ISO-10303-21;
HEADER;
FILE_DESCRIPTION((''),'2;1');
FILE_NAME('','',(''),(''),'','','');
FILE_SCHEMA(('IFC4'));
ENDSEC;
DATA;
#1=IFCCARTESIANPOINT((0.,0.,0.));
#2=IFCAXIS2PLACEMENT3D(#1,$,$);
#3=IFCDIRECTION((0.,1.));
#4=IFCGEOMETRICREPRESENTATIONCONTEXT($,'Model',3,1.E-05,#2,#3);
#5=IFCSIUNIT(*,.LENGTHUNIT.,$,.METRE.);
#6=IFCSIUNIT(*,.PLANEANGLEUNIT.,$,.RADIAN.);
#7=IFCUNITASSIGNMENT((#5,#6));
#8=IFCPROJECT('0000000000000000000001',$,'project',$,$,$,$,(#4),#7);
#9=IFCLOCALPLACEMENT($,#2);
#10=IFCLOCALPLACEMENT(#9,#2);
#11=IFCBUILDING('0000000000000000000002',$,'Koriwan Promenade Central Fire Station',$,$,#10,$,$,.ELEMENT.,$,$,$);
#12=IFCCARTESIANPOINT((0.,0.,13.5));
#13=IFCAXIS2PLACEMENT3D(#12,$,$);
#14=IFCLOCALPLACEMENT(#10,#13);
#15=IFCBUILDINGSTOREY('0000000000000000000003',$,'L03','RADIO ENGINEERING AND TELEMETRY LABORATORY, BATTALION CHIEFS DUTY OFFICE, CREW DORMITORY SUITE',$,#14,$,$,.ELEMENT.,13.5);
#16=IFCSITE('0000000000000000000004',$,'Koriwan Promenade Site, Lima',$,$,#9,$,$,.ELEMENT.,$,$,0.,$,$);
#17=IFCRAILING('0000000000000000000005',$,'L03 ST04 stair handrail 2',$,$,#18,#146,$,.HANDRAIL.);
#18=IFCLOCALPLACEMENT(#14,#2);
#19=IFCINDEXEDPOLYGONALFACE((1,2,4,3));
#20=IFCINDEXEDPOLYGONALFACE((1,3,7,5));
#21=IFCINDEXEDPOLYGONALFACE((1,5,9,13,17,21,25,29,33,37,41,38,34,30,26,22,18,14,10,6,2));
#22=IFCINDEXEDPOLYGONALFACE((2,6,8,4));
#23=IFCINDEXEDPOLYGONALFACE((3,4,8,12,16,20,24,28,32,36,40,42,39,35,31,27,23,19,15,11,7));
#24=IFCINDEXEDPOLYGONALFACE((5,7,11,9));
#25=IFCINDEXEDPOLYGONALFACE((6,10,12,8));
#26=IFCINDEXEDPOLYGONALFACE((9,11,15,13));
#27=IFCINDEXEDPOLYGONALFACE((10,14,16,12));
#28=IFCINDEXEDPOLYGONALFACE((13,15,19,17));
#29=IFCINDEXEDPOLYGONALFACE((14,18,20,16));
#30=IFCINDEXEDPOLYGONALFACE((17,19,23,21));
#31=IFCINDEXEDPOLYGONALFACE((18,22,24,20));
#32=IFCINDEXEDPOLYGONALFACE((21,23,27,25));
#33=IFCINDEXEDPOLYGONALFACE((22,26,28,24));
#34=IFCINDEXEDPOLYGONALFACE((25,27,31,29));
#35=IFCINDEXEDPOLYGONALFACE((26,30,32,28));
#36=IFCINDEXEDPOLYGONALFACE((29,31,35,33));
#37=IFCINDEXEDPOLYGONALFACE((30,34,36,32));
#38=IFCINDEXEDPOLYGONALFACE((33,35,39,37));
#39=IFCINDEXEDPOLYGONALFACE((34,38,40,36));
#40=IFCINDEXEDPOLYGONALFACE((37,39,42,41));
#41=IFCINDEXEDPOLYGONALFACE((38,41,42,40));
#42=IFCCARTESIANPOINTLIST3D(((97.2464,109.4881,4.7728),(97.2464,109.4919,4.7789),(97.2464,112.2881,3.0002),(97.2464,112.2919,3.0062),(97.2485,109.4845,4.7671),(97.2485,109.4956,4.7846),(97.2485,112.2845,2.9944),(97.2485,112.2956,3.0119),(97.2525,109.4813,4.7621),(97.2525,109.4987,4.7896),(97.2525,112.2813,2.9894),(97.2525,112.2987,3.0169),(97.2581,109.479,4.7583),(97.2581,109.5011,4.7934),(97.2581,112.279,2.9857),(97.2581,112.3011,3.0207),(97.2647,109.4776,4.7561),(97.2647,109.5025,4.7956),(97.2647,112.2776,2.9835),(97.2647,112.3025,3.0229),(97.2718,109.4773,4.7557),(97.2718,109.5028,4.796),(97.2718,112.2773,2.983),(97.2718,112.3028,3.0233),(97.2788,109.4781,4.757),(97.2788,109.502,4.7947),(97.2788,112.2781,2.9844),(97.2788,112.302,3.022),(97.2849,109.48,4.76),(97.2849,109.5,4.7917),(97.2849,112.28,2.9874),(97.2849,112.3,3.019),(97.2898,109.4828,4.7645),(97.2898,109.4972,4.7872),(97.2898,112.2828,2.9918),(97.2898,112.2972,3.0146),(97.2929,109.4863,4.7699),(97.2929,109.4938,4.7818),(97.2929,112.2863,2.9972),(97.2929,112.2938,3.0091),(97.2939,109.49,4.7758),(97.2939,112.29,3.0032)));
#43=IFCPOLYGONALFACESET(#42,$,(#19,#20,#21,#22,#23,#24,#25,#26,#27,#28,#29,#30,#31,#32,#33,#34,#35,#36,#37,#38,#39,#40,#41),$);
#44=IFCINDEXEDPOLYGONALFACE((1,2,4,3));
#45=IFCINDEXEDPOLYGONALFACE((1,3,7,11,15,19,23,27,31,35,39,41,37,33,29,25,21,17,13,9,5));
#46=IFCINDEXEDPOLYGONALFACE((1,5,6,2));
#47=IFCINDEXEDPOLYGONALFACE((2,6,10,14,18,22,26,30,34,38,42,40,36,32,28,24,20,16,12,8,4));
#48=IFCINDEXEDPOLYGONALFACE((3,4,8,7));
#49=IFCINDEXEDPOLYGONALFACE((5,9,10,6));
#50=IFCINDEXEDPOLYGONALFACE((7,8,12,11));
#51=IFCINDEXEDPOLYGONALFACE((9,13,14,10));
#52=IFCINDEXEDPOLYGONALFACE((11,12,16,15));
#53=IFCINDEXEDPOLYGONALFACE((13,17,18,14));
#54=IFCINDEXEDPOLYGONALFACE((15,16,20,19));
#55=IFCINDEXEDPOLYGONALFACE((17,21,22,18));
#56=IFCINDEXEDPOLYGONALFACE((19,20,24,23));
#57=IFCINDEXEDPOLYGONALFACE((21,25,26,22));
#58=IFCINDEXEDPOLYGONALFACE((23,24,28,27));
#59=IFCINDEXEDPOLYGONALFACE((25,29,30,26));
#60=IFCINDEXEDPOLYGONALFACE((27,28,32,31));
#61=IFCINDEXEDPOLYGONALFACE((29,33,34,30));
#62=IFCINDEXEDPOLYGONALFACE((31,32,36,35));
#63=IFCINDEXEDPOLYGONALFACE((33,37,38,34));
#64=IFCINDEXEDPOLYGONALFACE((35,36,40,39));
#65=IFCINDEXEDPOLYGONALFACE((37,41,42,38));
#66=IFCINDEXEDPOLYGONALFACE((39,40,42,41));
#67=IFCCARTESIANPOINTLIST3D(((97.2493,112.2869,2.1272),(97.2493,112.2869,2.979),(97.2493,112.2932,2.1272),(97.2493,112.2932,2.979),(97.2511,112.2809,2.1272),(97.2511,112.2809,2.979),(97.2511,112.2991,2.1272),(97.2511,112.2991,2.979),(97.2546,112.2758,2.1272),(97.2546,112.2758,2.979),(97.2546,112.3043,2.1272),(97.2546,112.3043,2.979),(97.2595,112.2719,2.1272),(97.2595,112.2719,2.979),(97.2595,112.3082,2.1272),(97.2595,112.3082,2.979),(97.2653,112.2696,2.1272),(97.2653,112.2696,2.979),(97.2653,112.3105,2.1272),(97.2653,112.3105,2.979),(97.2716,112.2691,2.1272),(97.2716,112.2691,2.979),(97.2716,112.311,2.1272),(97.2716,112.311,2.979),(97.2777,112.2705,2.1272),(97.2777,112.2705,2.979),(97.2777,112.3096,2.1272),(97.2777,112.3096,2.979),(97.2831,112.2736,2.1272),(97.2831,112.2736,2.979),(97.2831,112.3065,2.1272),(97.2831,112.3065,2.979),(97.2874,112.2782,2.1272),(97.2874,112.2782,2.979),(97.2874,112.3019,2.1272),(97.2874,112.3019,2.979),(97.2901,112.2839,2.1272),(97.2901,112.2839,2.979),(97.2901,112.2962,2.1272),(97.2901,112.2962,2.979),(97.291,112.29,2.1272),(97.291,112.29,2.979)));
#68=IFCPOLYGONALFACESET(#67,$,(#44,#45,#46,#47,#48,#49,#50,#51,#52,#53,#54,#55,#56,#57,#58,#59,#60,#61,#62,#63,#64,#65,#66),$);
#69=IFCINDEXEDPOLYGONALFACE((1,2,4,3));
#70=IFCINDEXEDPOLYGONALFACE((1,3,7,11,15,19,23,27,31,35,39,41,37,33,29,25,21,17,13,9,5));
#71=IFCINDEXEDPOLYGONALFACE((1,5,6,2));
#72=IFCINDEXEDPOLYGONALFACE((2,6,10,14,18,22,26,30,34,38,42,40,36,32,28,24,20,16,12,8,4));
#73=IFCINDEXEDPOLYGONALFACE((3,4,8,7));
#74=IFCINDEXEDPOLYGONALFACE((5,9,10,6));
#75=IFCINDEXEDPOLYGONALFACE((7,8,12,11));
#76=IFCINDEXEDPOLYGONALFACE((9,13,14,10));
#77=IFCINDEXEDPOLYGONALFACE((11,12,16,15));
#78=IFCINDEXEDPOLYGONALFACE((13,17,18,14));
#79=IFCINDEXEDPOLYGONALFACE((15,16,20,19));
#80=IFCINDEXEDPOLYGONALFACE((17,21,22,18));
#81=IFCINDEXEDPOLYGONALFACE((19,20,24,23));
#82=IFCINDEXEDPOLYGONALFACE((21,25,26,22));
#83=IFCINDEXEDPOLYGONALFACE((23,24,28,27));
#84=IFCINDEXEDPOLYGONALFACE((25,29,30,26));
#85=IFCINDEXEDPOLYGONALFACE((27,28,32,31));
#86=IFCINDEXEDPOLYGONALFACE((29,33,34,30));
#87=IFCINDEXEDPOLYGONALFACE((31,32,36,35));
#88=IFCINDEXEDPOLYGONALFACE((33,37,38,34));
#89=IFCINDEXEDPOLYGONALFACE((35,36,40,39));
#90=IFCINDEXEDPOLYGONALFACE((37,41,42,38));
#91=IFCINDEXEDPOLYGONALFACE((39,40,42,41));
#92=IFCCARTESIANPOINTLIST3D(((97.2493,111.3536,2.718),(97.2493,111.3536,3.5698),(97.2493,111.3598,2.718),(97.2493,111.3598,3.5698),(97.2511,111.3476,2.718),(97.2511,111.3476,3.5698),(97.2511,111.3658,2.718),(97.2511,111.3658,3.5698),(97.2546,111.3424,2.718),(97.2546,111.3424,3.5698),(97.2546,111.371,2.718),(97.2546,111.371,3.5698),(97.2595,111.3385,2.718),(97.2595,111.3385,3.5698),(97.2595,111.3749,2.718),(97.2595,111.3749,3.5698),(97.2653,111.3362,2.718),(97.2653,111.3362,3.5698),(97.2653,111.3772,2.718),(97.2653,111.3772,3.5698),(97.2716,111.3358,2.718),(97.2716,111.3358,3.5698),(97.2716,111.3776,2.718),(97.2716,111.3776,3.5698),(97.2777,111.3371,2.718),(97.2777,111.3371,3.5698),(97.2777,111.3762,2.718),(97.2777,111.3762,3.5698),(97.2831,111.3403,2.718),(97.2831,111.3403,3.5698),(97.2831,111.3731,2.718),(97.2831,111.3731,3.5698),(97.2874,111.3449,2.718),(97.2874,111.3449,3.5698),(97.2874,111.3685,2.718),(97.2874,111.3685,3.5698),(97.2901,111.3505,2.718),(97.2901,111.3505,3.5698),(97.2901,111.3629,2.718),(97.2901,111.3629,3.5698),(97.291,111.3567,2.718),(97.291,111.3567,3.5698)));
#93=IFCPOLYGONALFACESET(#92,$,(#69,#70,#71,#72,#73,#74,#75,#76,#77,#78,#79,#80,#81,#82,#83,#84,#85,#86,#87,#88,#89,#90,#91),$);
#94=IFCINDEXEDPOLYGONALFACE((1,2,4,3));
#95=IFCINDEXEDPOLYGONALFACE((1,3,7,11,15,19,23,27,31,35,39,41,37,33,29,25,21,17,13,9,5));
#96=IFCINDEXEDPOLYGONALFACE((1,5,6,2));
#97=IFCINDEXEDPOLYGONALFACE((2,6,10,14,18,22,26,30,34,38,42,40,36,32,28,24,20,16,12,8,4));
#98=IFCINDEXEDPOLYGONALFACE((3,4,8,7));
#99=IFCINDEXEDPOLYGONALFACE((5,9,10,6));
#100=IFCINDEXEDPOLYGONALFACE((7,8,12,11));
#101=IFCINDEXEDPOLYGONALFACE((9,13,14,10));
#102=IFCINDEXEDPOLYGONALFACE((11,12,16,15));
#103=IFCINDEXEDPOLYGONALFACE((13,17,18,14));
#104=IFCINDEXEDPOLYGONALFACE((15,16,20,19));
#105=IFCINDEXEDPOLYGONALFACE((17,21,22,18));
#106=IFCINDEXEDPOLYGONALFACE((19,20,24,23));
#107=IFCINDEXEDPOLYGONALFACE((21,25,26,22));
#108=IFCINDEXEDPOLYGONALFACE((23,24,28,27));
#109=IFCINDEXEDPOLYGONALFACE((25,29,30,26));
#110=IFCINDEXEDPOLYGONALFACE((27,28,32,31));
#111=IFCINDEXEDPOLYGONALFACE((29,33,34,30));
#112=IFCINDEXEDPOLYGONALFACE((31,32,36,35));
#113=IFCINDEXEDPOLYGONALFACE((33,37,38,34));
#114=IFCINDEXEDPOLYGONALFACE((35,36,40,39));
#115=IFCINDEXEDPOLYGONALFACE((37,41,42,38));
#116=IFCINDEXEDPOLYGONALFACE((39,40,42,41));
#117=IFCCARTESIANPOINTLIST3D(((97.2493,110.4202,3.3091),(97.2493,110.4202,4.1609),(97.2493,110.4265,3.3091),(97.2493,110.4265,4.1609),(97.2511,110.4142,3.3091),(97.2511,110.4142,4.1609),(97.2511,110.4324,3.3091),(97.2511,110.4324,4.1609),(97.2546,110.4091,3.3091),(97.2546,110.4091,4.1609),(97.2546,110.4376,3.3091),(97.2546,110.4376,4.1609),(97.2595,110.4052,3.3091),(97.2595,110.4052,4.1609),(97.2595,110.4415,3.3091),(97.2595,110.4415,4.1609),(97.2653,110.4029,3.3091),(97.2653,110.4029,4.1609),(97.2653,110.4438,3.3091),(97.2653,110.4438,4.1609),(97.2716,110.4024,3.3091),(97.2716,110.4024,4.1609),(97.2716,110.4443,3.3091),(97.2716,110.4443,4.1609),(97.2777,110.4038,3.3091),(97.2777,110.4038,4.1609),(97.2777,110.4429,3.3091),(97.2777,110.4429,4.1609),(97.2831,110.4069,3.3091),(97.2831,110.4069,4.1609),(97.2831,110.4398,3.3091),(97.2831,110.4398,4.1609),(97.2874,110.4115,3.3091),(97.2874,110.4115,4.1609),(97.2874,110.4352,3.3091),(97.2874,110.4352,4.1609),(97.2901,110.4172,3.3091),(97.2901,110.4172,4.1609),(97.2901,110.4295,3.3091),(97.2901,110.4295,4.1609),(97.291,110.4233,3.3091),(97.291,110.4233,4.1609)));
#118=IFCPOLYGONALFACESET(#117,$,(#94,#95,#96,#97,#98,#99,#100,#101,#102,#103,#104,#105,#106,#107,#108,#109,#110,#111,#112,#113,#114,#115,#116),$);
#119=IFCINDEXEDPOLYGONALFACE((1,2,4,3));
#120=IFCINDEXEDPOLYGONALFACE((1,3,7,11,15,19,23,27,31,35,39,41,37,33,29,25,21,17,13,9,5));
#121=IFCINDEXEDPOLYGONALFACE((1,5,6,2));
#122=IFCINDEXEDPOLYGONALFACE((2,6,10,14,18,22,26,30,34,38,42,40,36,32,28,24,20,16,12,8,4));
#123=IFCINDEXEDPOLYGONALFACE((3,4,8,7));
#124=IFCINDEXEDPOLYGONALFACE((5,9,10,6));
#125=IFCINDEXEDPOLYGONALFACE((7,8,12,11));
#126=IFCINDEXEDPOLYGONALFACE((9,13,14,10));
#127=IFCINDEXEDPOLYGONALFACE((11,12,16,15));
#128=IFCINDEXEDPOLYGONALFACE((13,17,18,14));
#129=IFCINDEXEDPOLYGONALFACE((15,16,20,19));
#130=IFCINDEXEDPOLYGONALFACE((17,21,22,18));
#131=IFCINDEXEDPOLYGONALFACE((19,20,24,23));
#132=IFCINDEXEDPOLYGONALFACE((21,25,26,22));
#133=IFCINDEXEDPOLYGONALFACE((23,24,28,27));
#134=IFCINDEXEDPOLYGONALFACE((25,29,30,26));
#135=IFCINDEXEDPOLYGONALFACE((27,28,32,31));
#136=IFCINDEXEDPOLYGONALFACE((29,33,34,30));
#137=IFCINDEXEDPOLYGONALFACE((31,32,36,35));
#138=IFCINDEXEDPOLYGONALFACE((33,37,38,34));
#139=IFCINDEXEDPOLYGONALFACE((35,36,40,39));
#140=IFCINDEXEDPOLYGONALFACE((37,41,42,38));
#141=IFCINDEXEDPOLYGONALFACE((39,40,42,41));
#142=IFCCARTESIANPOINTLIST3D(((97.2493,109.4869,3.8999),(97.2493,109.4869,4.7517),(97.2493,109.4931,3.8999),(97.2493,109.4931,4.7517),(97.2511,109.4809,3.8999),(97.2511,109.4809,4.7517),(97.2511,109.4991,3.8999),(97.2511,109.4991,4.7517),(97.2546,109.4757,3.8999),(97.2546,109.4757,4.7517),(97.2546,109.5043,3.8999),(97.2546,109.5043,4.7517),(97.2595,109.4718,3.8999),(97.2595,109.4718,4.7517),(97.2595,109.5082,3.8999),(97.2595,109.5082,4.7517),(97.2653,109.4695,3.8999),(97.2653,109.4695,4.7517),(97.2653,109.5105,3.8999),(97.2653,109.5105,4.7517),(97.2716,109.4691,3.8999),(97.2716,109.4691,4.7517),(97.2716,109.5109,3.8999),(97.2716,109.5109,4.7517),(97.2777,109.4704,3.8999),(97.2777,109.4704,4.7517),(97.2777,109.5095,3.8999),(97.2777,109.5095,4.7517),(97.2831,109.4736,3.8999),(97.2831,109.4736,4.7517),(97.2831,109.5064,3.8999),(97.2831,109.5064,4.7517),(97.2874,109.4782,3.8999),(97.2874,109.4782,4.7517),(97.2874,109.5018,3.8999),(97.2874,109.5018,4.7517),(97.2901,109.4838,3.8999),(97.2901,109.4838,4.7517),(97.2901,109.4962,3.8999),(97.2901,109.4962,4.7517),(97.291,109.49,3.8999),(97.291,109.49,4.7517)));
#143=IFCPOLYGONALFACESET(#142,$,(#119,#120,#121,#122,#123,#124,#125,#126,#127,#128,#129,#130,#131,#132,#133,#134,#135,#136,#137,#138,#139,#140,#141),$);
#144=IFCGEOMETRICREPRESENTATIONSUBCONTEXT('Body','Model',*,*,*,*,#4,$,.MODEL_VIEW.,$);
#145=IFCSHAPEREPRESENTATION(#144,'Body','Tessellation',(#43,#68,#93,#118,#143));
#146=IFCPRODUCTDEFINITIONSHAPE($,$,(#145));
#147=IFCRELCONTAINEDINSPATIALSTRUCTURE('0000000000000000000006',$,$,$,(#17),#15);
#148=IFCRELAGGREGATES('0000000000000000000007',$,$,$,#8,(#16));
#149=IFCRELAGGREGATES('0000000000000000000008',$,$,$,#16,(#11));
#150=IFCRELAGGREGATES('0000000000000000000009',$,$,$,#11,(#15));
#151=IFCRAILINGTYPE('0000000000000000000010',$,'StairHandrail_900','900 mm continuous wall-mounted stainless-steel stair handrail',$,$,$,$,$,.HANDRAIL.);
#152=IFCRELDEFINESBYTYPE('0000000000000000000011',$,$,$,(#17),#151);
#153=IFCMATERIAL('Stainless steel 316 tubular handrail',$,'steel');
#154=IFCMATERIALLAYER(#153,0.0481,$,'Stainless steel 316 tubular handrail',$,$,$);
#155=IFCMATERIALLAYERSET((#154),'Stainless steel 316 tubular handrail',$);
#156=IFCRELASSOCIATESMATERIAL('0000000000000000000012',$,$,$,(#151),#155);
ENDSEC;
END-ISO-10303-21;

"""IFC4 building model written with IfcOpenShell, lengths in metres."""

from ifc_helpers import new_model, si_unit, direction, frame, origin, origin_2d, place, context, subcontext, project, spatial, circle, extrude, material, layer, layer_set, type_object, element, save


model = new_model("IFC4")

# Units and contexts
model_context = context("Model", 3, precision=1e-05, world=origin(), true_north=direction((0.0, 1.0)))
body_context = subcontext(model_context, "Body", "Model", "MODEL_VIEW")
ifc_project = project(units=[si_unit("LENGTHUNIT", "METRE"), si_unit("PLANEANGLEUNIT", "RADIAN")], contexts=[model_context])

# Site, building, storey
site_placement = place(None, origin())
site = spatial("IfcSite", under=ifc_project, at=site_placement, Name="Koriwan Promenade Site, Lima", CompositionType="ELEMENT", RefElevation=0.0)
building_placement = place(site_placement, origin())
building = spatial("IfcBuilding", under=site, at=building_placement, Name="Koriwan Promenade Central Fire Station", CompositionType="ELEMENT")
storey_placement = place(building_placement, frame((0.0, 0.0, 13.5)))
storey = spatial("IfcBuildingStorey", under=building, at=storey_placement, Name="L03", Description="RADIO ENGINEERING AND TELEMETRY LABORATORY, BATTALION CHIEFS DUTY OFFICE, CREW DORMITORY SUITE", CompositionType="ELEMENT", Elevation=13.5)

# Railing
ifc_material_1 = material(Name="Stainless steel 316 tubular handrail", Category="steel")
ifc_layer_1 = layer(ifc_material_1, 0.0481, Name="Stainless steel 316 tubular handrail")
ifc_layer_set_1 = layer_set([ifc_layer_1], Name="Stainless steel 316 tubular handrail")
railing_type_1 = type_object("IfcRailingType", Name="StairHandrail_900", Description="900 mm continuous wall-mounted stainless-steel stair handrail", PredefinedType="HANDRAIL", material=ifc_layer_set_1)
railing_1_placement = place(storey_placement, frame((97.27, 112.29, 2.1272)))
element("IfcRailing", 1, at=railing_1_placement, inside=storey, type_object=railing_type_1, Name="L03 ST04 stair handrail 2", PredefinedType="HANDRAIL", context=body_context, shape_type="SweptSolid", body=[
    extrude(circle(Radius=0.0239, at=origin_2d()), frame((0.0, 0.0, 0.876), z_axis=(0.0, -0.844909, 0.53491), x_axis=(1.0, 0.0, 0.0)), (0.0, 0.0, 1.0), 3.314),
    extrude(circle(Radius=0.021, at=origin_2d()), origin(), (0.0, 0.0, 1.0), 0.8518),
    extrude(circle(Radius=0.021, at=origin_2d()), frame((0.0, -0.9333, 0.5908)), (0.0, 0.0, 1.0), 0.8518),
    extrude(circle(Radius=0.021, at=origin_2d()), frame((0.0, -1.8667, 1.1819)), (0.0, 0.0, 1.0), 0.8518),
    extrude(circle(Radius=0.021, at=origin_2d()), frame((0.0, -2.8, 1.7727)), (0.0, 0.0, 1.0), 0.8518),
])

save(model, "model.ifc")
